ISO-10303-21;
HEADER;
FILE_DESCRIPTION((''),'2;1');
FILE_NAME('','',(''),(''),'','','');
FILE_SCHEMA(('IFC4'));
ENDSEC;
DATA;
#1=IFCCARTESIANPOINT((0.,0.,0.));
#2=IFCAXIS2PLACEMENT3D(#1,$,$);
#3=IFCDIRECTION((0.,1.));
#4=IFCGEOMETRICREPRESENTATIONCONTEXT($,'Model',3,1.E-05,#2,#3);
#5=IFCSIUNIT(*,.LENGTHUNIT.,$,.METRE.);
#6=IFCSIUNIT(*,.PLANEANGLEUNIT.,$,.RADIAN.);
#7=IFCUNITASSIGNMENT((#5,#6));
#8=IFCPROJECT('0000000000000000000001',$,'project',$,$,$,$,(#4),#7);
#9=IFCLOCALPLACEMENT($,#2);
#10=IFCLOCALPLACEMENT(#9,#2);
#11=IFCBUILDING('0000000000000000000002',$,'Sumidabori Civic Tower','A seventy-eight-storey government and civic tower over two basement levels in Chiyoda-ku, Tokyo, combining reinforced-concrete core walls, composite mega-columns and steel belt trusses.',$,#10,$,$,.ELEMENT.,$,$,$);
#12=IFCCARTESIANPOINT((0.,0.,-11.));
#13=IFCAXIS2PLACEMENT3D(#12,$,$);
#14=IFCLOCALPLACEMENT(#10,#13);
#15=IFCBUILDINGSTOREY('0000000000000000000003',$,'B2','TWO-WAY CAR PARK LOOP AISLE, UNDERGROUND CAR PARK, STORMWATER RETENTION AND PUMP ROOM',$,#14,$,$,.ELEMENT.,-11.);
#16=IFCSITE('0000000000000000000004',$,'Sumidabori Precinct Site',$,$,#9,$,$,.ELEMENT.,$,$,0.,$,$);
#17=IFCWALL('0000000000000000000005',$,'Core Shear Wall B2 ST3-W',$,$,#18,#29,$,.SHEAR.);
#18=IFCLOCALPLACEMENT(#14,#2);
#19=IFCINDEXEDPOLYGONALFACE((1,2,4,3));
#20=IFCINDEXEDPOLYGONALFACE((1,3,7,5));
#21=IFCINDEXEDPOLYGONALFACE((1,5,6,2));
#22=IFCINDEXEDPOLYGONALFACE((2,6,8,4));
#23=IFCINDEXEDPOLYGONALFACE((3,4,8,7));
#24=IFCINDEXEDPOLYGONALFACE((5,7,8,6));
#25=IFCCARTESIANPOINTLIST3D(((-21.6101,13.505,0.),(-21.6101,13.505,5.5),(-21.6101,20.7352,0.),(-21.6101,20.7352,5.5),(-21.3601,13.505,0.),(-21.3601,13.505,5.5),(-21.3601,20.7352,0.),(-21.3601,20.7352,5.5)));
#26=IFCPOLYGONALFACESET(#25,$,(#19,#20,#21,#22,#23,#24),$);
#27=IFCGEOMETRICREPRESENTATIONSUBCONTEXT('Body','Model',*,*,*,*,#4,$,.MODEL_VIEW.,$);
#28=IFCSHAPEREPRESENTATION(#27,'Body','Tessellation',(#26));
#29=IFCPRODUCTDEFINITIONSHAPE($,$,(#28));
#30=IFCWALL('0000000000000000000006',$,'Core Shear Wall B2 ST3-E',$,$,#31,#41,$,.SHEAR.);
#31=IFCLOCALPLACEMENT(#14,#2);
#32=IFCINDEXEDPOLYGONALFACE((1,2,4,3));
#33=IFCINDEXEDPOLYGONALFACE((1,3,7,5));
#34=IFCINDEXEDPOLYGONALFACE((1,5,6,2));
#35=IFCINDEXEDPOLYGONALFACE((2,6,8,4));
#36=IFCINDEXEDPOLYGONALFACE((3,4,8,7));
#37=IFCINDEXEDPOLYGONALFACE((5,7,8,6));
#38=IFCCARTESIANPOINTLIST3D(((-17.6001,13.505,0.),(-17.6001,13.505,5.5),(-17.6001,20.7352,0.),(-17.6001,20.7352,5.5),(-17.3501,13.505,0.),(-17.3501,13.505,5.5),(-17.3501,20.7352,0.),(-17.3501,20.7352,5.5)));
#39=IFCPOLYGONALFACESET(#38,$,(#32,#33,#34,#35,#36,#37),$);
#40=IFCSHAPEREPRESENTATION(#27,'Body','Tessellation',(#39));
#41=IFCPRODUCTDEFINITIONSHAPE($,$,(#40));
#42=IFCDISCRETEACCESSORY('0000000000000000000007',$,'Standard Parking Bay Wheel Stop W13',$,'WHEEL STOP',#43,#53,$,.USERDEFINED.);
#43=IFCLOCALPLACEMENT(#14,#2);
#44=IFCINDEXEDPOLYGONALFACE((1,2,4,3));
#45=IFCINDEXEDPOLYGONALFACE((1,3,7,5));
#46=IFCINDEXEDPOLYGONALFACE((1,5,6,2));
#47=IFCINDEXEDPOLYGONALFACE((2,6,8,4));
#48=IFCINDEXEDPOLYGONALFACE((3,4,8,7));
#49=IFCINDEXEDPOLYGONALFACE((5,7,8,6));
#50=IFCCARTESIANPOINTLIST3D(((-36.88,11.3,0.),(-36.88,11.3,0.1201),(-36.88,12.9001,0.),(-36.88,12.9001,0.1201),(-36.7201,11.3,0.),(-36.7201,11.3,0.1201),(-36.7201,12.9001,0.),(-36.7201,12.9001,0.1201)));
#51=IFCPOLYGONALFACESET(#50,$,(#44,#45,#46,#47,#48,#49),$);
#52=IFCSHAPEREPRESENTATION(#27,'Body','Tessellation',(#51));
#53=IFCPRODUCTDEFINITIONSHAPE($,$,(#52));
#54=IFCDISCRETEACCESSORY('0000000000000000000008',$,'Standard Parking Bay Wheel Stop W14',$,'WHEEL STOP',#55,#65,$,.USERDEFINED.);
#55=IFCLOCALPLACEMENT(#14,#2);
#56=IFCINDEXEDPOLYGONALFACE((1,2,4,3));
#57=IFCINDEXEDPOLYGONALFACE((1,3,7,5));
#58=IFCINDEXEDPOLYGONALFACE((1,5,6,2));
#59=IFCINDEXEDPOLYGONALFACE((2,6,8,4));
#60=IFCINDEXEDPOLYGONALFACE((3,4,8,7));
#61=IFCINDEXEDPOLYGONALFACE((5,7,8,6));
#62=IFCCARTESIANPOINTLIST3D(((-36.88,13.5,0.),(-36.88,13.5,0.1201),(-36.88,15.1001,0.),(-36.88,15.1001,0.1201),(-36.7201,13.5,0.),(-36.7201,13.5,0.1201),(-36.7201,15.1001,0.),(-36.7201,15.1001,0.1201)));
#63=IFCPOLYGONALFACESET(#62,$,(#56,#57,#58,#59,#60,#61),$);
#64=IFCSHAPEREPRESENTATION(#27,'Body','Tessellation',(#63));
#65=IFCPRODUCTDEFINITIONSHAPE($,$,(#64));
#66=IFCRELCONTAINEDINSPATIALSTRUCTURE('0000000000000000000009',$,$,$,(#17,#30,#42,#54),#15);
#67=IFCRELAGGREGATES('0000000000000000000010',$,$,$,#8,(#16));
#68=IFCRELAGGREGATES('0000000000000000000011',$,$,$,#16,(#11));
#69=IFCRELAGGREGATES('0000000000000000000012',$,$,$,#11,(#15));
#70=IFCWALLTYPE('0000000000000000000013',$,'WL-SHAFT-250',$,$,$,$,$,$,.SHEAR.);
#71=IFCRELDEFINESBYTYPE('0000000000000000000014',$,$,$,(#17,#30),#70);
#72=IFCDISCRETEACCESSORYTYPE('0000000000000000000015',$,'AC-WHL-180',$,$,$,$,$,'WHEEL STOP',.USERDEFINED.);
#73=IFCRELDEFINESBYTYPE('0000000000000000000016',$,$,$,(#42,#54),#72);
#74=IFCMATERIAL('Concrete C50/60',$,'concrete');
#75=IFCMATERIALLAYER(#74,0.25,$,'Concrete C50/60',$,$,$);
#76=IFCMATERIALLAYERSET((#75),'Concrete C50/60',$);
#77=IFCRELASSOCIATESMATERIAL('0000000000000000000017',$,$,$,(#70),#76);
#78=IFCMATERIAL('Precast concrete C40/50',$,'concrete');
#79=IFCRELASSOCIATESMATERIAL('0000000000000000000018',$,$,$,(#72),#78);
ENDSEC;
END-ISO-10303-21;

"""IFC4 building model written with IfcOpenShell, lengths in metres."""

from ifc_helpers import new_model, si_unit, direction, frame, frame_2d, origin, origin_2d, place, context, subcontext, project, spatial, rectangle, extrude, source, transform, mapped, material, layer, layer_set, type_object, element, save


model = new_model("IFC4")

# Units and contexts
model_context = context("Model", 3, precision=1e-05, world=origin(), true_north=direction((0.0, 1.0)))
body_context = subcontext(model_context, "Body", "Model", "MODEL_VIEW")
ifc_project = project(units=[si_unit("LENGTHUNIT", "METRE"), si_unit("PLANEANGLEUNIT", "RADIAN")], contexts=[model_context])

# Site, building, storey
site_placement = place(None, origin())
site = spatial("IfcSite", under=ifc_project, at=site_placement, Name="Sumidabori Precinct Site", CompositionType="ELEMENT", RefElevation=0.0)
building_placement = place(site_placement, origin())
building = spatial("IfcBuilding", under=site, at=building_placement, Name="Sumidabori Civic Tower", Description="A seventy-eight-storey government and civic tower over two basement levels in Chiyoda-ku, Tokyo, combining reinforced-concrete core walls, composite mega-columns and steel belt trusses.", CompositionType="ELEMENT")
storey_placement = place(building_placement, frame((0.0, 0.0, -11.0)))
storey = spatial("IfcBuildingStorey", under=building, at=storey_placement, Name="B2", Description="TWO-WAY CAR PARK LOOP AISLE, UNDERGROUND CAR PARK, STORMWATER RETENTION AND PUMP ROOM", CompositionType="ELEMENT", Elevation=-11.0)

# Shared definitions
ifc_material_1 = material(Name="Concrete C50/60", Category="concrete")

# Shared definitions
ifc_layer_1 = layer(ifc_material_1, 0.25, Name="Concrete C50/60")
ifc_layer_set_1 = layer_set([ifc_layer_1], Name="Concrete C50/60")
wall_type_1 = type_object("IfcWallType", Name="WL-SHAFT-250", PredefinedType="SHEAR", material=ifc_layer_set_1)

# Walls
shared_shape_1 = source(origin(), body_context, "Body", "SweptSolid", [
    extrude(rectangle(XDim=7.2302, YDim=0.25, at=frame_2d((3.6152, 0.0))), origin(), (0.0, 0.0, 1.0), 5.5),
])
for number, where, z_axis, x_axis, name in (
    (1, (-21.4851, 13.5049, 0.0), (0.0, 0.0, 1.0), (0.0, 1.0, 0.0), "Core Shear Wall B2 ST3-W"),
    (2, (-17.4751, 13.5049, 0.0), (0.0, 0.0, 1.0), (0.0, 1.0, 0.0), "Core Shear Wall B2 ST3-E"),
):
    element("IfcWall", number, at=place(storey_placement, frame(where, z_axis=z_axis, x_axis=x_axis)), inside=storey, type_object=wall_type_1, Name=name, PredefinedType="SHEAR", context=body_context, shape_type="MappedRepresentation", body=[
        mapped(shared_shape_1, transform((0.0, 0.0, 0.0), x_axis=(1.0, 0.0, 0.0), y_axis=(0.0, 1.0, 0.0), z_axis=(0.0, 0.0, 1.0), scale=1.0)),
    ])

# Discrete accessories
ifc_material_2 = material(Name="Precast concrete C40/50", Category="concrete")
discrete_accessory_type = type_object("IfcDiscreteAccessoryType", Name="AC-WHL-180", ElementType="WHEEL STOP", PredefinedType="USERDEFINED", material=ifc_material_2)
shared_shape_2 = source(origin(), body_context, "Body", "SweptSolid", [
    extrude(rectangle(XDim=0.1599, YDim=1.6001, at=origin_2d()), origin(), (0.0, 0.0, 1.0), 0.1201),
])
for number, where, z_axis, x_axis, name in (
    (3, (-36.8, 12.1001, 0.0), (0.0, 0.0, 1.0), (1.0, 0.0, 0.0), "Standard Parking Bay Wheel Stop W13"),
    (4, (-36.8, 14.3, 0.0), (0.0, 0.0, 1.0), (1.0, 0.0, 0.0), "Standard Parking Bay Wheel Stop W14"),
):
    element("IfcDiscreteAccessory", number, at=place(storey_placement, frame(where, z_axis=z_axis, x_axis=x_axis)), inside=storey, type_object=discrete_accessory_type, Name=name, ObjectType="WHEEL STOP", PredefinedType="USERDEFINED", context=body_context, shape_type="MappedRepresentation", body=[
        mapped(shared_shape_2, transform((0.0, 0.0, 0.0), x_axis=(1.0, 0.0, 0.0), y_axis=(0.0, 1.0, 0.0), z_axis=(0.0, 0.0, 1.0), scale=1.0)),
    ])

save(model, "model.ifc")
